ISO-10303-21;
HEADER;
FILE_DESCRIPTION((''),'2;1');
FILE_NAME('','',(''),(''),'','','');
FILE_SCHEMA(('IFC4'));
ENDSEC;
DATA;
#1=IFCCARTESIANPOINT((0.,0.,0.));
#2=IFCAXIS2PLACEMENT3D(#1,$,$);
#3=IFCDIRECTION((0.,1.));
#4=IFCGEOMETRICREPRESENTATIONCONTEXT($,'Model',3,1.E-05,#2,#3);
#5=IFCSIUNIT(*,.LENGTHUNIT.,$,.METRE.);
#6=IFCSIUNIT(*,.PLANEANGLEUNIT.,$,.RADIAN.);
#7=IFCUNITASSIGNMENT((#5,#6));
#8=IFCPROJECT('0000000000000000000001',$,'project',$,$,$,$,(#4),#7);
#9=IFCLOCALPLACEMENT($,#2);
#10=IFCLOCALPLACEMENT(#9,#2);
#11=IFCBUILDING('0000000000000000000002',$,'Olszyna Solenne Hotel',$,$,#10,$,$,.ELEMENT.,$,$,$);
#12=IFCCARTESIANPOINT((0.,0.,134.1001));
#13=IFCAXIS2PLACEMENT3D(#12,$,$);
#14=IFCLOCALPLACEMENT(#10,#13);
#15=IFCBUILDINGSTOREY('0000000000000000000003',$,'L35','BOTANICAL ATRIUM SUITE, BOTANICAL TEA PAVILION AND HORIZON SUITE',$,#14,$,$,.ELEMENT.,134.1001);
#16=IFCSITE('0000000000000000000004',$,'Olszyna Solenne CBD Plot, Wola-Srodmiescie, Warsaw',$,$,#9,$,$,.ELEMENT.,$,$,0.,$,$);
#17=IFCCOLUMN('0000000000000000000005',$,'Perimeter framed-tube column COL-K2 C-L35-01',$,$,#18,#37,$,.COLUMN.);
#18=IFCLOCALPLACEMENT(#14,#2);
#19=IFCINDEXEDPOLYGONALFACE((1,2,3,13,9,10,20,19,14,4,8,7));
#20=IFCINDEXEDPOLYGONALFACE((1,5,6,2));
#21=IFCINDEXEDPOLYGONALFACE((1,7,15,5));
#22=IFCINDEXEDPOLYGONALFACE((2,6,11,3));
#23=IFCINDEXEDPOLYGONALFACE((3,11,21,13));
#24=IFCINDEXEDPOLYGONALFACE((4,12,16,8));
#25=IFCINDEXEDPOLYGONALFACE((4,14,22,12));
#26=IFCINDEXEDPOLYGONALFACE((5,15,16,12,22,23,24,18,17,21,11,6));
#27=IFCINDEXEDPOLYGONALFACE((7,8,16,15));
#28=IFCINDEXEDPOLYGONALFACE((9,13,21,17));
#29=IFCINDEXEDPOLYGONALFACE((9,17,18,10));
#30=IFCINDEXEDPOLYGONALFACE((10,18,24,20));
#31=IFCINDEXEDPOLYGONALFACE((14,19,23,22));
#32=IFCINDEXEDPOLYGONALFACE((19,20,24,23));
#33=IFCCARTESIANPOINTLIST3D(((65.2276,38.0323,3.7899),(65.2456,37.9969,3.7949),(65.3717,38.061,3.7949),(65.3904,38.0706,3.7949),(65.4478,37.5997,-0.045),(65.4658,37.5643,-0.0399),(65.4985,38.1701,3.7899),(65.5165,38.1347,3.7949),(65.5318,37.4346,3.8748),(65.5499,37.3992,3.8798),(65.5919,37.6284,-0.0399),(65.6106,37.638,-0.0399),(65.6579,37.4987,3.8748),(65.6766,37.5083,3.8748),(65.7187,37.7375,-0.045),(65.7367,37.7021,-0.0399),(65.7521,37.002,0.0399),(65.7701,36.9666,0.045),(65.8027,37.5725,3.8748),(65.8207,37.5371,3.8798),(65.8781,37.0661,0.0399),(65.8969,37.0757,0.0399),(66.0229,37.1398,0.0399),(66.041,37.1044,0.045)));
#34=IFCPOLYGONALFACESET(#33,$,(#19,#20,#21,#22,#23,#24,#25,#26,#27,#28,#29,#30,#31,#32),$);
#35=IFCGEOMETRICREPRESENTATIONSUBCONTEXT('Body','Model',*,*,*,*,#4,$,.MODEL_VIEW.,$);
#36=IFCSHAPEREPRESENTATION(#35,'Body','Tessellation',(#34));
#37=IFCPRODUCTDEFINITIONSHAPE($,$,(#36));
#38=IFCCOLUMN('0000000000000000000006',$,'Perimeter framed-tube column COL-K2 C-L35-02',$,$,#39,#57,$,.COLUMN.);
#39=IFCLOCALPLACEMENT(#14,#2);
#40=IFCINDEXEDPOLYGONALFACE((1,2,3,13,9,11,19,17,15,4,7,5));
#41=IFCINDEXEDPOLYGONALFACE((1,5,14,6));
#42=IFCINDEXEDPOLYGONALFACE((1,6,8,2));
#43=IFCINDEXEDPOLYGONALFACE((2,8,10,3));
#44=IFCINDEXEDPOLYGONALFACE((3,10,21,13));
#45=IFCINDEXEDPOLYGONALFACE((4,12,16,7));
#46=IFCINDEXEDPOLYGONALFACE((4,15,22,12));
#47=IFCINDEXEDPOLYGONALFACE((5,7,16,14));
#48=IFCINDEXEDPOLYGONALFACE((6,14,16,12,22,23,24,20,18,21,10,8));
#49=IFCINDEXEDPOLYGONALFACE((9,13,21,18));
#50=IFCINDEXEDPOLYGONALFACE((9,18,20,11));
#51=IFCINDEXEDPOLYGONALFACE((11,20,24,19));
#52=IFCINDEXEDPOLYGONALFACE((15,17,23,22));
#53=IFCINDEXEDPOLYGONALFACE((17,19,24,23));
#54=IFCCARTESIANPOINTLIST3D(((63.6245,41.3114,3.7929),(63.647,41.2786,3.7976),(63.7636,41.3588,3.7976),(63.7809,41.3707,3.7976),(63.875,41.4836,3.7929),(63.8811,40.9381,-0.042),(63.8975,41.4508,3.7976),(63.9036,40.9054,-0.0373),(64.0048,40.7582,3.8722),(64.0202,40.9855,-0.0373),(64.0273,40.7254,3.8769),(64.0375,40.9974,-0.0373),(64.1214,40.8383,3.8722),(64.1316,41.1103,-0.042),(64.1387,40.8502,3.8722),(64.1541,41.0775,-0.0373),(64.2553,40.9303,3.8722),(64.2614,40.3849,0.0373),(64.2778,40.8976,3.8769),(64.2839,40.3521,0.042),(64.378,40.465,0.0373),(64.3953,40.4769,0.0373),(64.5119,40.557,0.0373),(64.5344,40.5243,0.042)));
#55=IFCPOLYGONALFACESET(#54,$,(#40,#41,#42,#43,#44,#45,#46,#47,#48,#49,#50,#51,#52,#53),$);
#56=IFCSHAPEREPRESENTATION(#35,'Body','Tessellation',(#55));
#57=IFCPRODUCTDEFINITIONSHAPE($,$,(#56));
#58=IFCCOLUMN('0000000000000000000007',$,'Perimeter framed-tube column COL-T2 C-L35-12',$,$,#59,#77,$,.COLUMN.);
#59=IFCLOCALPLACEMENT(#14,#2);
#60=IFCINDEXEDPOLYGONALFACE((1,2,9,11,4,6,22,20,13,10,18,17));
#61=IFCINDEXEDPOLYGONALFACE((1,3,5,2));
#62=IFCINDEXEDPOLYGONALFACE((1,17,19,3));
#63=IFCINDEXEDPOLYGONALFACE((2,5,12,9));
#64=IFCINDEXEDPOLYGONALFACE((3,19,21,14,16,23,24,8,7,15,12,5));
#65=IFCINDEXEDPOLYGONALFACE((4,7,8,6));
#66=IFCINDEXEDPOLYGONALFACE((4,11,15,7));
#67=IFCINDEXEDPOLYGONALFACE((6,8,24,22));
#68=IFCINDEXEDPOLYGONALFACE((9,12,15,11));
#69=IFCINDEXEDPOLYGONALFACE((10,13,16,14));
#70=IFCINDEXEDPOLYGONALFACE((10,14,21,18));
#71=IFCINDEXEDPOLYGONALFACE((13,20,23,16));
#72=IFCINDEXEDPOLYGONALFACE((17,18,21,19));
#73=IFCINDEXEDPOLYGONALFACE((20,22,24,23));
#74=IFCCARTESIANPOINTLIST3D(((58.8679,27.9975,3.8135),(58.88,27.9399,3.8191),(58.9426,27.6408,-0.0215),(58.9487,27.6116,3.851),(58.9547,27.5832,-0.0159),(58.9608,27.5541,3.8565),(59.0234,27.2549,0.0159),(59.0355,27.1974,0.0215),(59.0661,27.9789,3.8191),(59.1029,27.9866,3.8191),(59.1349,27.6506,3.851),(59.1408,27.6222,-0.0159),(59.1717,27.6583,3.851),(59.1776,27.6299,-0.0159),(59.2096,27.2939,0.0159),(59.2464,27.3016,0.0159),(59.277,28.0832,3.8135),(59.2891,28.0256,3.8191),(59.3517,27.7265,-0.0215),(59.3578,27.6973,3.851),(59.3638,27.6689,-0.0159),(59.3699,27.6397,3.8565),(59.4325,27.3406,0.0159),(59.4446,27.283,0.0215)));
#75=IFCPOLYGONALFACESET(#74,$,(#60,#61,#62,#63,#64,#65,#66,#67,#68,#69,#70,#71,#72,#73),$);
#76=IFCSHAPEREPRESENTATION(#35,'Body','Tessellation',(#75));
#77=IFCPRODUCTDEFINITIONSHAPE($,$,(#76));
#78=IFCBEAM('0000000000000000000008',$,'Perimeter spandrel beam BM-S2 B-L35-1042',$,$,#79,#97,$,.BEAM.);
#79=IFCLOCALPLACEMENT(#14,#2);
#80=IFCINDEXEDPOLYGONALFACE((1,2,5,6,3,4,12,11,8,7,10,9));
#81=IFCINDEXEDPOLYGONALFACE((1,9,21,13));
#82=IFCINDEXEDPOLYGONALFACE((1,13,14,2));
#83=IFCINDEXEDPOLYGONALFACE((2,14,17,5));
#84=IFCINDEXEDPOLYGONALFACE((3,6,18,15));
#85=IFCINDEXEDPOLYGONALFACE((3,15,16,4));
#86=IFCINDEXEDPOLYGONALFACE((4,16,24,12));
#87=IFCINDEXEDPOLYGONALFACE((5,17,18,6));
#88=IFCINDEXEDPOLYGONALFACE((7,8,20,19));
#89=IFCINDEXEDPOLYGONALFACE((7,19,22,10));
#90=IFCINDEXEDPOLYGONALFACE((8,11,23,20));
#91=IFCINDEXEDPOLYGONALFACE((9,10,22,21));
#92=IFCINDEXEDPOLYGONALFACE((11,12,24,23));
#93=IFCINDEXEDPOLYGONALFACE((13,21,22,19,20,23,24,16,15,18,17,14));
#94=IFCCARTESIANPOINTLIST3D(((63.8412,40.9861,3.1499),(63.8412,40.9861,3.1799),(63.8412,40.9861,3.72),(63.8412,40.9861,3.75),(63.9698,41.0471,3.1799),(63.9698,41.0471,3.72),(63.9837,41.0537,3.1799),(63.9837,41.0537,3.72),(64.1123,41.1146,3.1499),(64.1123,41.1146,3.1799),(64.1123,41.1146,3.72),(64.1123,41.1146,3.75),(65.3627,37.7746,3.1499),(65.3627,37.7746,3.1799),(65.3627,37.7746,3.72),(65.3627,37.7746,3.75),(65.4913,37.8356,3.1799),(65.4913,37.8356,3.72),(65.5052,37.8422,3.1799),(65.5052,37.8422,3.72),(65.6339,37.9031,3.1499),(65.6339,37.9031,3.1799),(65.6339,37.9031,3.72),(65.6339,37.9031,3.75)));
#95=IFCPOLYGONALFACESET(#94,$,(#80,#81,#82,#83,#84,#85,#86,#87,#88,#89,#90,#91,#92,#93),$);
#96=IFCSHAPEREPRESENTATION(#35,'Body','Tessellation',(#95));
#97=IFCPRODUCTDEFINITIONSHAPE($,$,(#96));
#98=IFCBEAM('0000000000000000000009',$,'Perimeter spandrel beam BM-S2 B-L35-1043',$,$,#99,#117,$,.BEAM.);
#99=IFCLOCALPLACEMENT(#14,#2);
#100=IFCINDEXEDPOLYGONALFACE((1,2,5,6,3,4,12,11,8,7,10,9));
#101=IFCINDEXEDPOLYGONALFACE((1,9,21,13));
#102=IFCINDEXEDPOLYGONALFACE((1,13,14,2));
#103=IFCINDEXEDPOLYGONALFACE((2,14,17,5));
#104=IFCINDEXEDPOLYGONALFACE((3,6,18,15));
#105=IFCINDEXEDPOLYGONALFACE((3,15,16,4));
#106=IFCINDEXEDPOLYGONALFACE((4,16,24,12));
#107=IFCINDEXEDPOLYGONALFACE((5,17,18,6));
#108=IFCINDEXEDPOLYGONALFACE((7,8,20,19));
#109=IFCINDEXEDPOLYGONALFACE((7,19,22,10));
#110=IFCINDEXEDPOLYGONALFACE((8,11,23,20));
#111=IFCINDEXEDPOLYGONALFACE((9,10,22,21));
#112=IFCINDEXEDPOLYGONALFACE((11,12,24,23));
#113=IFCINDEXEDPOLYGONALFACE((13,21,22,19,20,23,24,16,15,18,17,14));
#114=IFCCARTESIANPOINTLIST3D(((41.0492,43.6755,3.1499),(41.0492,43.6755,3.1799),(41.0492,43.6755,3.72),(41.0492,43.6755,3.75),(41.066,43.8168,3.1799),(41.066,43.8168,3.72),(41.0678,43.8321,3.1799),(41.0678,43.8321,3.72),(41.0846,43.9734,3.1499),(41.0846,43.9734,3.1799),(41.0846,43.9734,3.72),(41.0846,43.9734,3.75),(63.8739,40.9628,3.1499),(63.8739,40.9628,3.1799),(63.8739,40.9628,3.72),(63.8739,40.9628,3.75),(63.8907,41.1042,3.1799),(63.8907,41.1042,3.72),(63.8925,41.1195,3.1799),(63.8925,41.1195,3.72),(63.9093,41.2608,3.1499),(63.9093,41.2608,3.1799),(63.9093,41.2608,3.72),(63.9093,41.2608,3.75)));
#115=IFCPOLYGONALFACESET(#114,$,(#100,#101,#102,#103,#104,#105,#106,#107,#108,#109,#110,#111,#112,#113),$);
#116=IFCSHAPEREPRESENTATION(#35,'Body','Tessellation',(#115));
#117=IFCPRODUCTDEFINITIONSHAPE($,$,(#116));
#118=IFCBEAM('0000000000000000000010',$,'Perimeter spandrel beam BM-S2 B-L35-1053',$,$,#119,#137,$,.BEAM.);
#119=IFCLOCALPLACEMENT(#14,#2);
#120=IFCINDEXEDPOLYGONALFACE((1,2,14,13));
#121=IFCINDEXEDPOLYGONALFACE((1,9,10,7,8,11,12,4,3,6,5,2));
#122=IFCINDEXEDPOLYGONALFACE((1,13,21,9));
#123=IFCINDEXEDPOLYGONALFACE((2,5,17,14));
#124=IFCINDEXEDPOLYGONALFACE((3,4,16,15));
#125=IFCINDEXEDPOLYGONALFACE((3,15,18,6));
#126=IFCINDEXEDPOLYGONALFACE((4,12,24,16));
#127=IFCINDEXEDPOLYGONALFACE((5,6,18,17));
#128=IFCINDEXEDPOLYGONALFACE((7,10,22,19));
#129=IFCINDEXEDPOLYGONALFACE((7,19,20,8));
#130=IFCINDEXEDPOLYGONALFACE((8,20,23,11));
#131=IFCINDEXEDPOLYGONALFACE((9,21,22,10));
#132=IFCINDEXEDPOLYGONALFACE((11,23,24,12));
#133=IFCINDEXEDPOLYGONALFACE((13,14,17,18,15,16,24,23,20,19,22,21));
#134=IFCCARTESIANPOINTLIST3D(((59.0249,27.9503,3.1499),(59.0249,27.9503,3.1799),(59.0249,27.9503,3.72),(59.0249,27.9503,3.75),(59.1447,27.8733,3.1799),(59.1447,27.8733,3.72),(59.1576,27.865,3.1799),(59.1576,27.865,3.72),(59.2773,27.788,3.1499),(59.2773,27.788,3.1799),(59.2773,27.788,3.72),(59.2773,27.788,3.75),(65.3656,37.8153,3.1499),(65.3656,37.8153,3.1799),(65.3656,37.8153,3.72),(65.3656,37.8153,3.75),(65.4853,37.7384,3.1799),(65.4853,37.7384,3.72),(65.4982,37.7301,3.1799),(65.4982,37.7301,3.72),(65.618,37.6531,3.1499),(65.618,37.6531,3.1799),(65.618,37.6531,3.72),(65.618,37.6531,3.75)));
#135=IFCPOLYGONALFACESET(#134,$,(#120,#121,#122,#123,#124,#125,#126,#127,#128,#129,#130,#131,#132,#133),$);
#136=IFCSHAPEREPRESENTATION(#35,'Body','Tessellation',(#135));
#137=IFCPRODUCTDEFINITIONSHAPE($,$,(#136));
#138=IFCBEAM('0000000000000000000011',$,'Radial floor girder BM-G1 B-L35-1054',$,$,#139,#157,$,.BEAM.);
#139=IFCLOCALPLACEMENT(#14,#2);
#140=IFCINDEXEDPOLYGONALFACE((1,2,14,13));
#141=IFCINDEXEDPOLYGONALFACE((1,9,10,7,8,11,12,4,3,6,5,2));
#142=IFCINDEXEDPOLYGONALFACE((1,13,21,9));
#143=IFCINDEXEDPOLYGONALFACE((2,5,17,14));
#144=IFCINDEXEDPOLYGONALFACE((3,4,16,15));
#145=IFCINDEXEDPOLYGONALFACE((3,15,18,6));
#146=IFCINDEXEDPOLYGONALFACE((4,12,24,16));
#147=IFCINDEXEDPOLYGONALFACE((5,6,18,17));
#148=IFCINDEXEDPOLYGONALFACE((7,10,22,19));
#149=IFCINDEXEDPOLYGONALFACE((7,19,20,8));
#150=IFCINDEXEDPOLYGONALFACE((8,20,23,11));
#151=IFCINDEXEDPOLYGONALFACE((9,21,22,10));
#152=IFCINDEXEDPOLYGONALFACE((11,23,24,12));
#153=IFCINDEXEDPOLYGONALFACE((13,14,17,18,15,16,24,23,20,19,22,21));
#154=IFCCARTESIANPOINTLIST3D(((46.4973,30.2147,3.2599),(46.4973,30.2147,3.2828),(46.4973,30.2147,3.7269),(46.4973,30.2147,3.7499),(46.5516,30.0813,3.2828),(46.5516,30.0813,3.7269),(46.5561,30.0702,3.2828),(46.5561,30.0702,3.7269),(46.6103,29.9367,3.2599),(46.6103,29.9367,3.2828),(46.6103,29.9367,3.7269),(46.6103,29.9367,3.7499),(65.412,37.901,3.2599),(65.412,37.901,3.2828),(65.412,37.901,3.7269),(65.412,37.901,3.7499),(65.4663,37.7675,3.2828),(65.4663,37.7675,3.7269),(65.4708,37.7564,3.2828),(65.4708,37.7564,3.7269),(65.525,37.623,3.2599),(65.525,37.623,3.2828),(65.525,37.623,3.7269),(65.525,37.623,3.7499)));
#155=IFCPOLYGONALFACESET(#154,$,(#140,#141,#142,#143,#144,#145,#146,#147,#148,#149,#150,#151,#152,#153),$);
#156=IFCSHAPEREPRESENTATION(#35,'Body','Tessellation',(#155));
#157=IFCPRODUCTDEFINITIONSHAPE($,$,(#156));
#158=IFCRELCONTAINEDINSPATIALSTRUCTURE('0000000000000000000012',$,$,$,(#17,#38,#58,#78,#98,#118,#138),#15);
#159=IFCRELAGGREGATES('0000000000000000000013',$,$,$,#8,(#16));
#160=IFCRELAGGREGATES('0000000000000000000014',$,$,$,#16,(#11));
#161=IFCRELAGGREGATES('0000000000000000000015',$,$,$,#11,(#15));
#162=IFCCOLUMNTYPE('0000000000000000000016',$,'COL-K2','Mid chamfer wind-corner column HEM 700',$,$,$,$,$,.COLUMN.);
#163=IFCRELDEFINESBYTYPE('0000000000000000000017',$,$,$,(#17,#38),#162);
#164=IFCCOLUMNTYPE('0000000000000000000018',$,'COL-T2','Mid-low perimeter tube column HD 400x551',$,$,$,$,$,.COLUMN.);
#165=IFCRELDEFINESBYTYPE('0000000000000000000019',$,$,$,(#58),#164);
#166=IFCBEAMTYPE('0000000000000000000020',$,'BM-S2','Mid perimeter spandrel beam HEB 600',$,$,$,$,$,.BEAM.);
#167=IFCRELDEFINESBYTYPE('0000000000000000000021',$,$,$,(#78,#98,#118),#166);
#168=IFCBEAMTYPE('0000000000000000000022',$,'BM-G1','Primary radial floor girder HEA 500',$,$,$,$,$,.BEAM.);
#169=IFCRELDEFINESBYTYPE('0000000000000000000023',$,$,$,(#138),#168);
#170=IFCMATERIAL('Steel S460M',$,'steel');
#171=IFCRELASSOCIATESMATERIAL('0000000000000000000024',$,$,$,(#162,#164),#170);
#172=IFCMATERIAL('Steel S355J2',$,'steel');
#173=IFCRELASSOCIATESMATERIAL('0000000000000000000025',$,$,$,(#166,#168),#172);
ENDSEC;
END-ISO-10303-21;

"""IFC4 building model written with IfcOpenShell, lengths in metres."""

from ifc_helpers import new_model, si_unit, direction, frame, origin, origin_2d, place, context, subcontext, project, spatial, i_section, extrude, source, transform, mapped, material, material_profile, profile_set, type_object, element, save


model = new_model("IFC4")

# Units and contexts
model_context = context("Model", 3, precision=1e-05, world=origin(), true_north=direction((0.0, 1.0)))
body_context = subcontext(model_context, "Body", "Model", "MODEL_VIEW")
ifc_project = project(units=[si_unit("LENGTHUNIT", "METRE"), si_unit("PLANEANGLEUNIT", "RADIAN")], contexts=[model_context])

# Site, building, storey
site_placement = place(None, origin())
site = spatial("IfcSite", under=ifc_project, at=site_placement, Name="Olszyna Solenne CBD Plot, Wola-Srodmiescie, Warsaw", CompositionType="ELEMENT", RefElevation=0.0)
building_placement = place(site_placement, origin())
building = spatial("IfcBuilding", under=site, at=building_placement, Name="Olszyna Solenne Hotel", CompositionType="ELEMENT")
storey_placement = place(building_placement, frame((0.0, 0.0, 134.1001)))
storey = spatial("IfcBuildingStorey", under=building, at=storey_placement, Name="L35", Description="BOTANICAL ATRIUM SUITE, BOTANICAL TEA PAVILION AND HORIZON SUITE", CompositionType="ELEMENT", Elevation=134.1001)

# Columns
ifc_material_1 = material(Name="Steel S460M", Category="steel")
ifc_material_profile_1 = material_profile(ifc_material_1, i_section(OverallWidth=0.304, OverallDepth=0.7161, WebThickness=0.021, FlangeThickness=0.04, at=origin_2d()), Name="HEM 700", Category="load-bearing")
ifc_profile_set_1 = profile_set([ifc_material_profile_1], Name="Steel S460M")
column_type_1 = type_object("IfcColumnType", Name="COL-K2", Description="Mid chamfer wind-corner column HEM 700", PredefinedType="COLUMN", material=ifc_profile_set_1)
shared_shape_1 = source(origin(), body_context, "Body", "SweptSolid", [
    extrude(i_section(OverallWidth=0.304, OverallDepth=0.7161, WebThickness=0.021, FlangeThickness=0.04, at=origin_2d()), origin(), (0.0, 0.0, 1.0), 3.8655),
])
column_1_placement = place(storey_placement, frame((65.7444, 37.3521, 0.0), z_axis=(-0.056968, 0.111916, 0.992083), x_axis=(-0.891185, -0.453639, 0.0)))
element("IfcColumn", 1, at=column_1_placement, inside=storey, type_object=column_type_1, Name="Perimeter framed-tube column COL-K2 C-L35-01", PredefinedType="COLUMN", context=body_context, shape_type="MappedRepresentation", body=[
    mapped(shared_shape_1, transform((0.0, 0.0, 0.0), x_axis=(1.0, 0.0, 0.0), y_axis=(0.0, 1.0, 0.0), z_axis=(0.0, 0.0, 1.0), scale=1.0)),
])
shared_shape_2 = source(origin(), body_context, "Body", "SweptSolid", [
    extrude(i_section(OverallWidth=0.304, OverallDepth=0.7161, WebThickness=0.021, FlangeThickness=0.04, at=origin_2d()), origin(), (0.0, 0.0, 1.0), 3.8616),
])
column_2_placement = place(storey_placement, frame((64.2078, 40.7312, 0.0), z_axis=(-0.066447, 0.096667, 0.993096), x_axis=(-0.824089, -0.56646, 0.0)))
element("IfcColumn", 2, at=column_2_placement, inside=storey, type_object=column_type_1, Name="Perimeter framed-tube column COL-K2 C-L35-02", PredefinedType="COLUMN", context=body_context, shape_type="MappedRepresentation", body=[
    mapped(shared_shape_2, transform((0.0, 0.0, 0.0), x_axis=(1.0, 0.0, 0.0), y_axis=(0.0, 1.0, 0.0), z_axis=(0.0, 0.0, 1.0), scale=1.0)),
])
ifc_material_profile_2 = material_profile(ifc_material_1, i_section(OverallWidth=0.418, OverallDepth=0.4551, WebThickness=0.0376, FlangeThickness=0.0591, at=origin_2d()), Name="HD 400x551", Category="load-bearing")
ifc_profile_set_2 = profile_set([ifc_material_profile_2], Name="Steel S460M")
column_type_2 = type_object("IfcColumnType", Name="COL-T2", Description="Mid-low perimeter tube column HD 400x551", PredefinedType="COLUMN", material=ifc_profile_set_2)
shared_shape_3 = source(origin(), body_context, "Body", "SweptSolid", [
    extrude(i_section(OverallWidth=0.418, OverallDepth=0.4551, WebThickness=0.0376, FlangeThickness=0.0591, at=origin_2d()), origin(), (0.0, 0.0, 1.0), 3.8523),
])
column_3_placement = place(storey_placement, frame((59.1936, 27.4619, 0.0), z_axis=(-0.019393, 0.092593, 0.995515), x_axis=(-0.978762, -0.204997, 0.0)))
element("IfcColumn", 3, at=column_3_placement, inside=storey, type_object=column_type_2, Name="Perimeter framed-tube column COL-T2 C-L35-12", PredefinedType="COLUMN", context=body_context, shape_type="MappedRepresentation", body=[
    mapped(shared_shape_3, transform((0.0, 0.0, 0.0), x_axis=(1.0, 0.0, 0.0), y_axis=(0.0, 1.0, 0.0), z_axis=(0.0, 0.0, 1.0), scale=1.0)),
])

# Beams
ifc_material_2 = material(Name="Steel S355J2", Category="steel")
ifc_material_profile_3 = material_profile(ifc_material_2, i_section(OverallWidth=0.3, OverallDepth=0.6001, WebThickness=0.0154, FlangeThickness=0.03, at=origin_2d()), Name="HEB 600", Category="load-bearing")
ifc_profile_set_3 = profile_set([ifc_material_profile_3], Name="Steel S355J2")
beam_type_1 = type_object("IfcBeamType", Name="BM-S2", Description="Mid perimeter spandrel beam HEB 600", PredefinedType="BEAM", material=ifc_profile_set_3)
shared_shape_4 = source(origin(), body_context, "Body", "SweptSolid", [
    extrude(i_section(OverallWidth=0.3, OverallDepth=0.6001, WebThickness=0.0154, FlangeThickness=0.03, at=origin_2d()), origin(), (0.0, 0.0, 1.0), 3.5537),
])
beam_1_placement = place(storey_placement, frame((65.4983, 37.8389, 3.45), z_axis=(-0.428151, 0.903707, 0.0), x_axis=(-0.903707, -0.428151, 0.0)))
element("IfcBeam", 4, at=beam_1_placement, inside=storey, type_object=beam_type_1, Name="Perimeter spandrel beam BM-S2 B-L35-1042", PredefinedType="BEAM", context=body_context, shape_type="MappedRepresentation", body=[
    mapped(shared_shape_4, transform((0.0, 0.0, 0.0), x_axis=(1.0, 0.0, 0.0), y_axis=(0.0, 1.0, 0.0), z_axis=(0.0, 0.0, 1.0), scale=1.0)),
])
shared_shape_5 = source(origin(), body_context, "Body", "SweptSolid", [
    extrude(i_section(OverallWidth=0.3, OverallDepth=0.6001, WebThickness=0.0154, FlangeThickness=0.03, at=origin_2d()), origin(), (0.0, 0.0, 1.0), 22.9854),
])
beam_2_placement = place(storey_placement, frame((63.8916, 41.1118, 3.45), z_axis=(-0.993012, 0.118016, 0.0), x_axis=(-0.118016, -0.993012, 0.0)))
element("IfcBeam", 5, at=beam_2_placement, inside=storey, type_object=beam_type_1, Name="Perimeter spandrel beam BM-S2 B-L35-1043", PredefinedType="BEAM", context=body_context, shape_type="MappedRepresentation", body=[
    mapped(shared_shape_5, transform((0.0, 0.0, 0.0), x_axis=(1.0, 0.0, 0.0), y_axis=(0.0, 1.0, 0.0), z_axis=(0.0, 0.0, 1.0), scale=1.0)),
])
shared_shape_6 = source(origin(), body_context, "Body", "SweptSolid", [
    extrude(i_section(OverallWidth=0.3, OverallDepth=0.6001, WebThickness=0.0154, FlangeThickness=0.03, at=origin_2d()), origin(), (0.0, 0.0, 1.0), 11.7271),
])
beam_3_placement = place(storey_placement, frame((59.1511, 27.8691, 3.45), z_axis=(0.540685, 0.841225, 0.0), x_axis=(-0.841225, 0.540685, 0.0)))
element("IfcBeam", 6, at=beam_3_placement, inside=storey, type_object=beam_type_1, Name="Perimeter spandrel beam BM-S2 B-L35-1053", PredefinedType="BEAM", context=body_context, shape_type="MappedRepresentation", body=[
    mapped(shared_shape_6, transform((0.0, 0.0, 0.0), x_axis=(1.0, 0.0, 0.0), y_axis=(0.0, 1.0, 0.0), z_axis=(0.0, 0.0, 1.0), scale=1.0)),
])
ifc_material_profile_4 = material_profile(ifc_material_2, i_section(OverallWidth=0.3, OverallDepth=0.49, WebThickness=0.012, FlangeThickness=0.0229, at=origin_2d()), Name="HEA 500", Category="load-bearing")
ifc_profile_set_4 = profile_set([ifc_material_profile_4], Name="Steel S355J2")
beam_type_2 = type_object("IfcBeamType", Name="BM-G1", Description="Primary radial floor girder HEA 500", PredefinedType="BEAM", material=ifc_profile_set_4)
shared_shape_7 = source(origin(), body_context, "Body", "SweptSolid", [
    extrude(i_section(OverallWidth=0.3, OverallDepth=0.49, WebThickness=0.012, FlangeThickness=0.0229, at=origin_2d()), origin(), (0.0, 0.0, 1.0), 20.4167),
])
beam_4_placement = place(storey_placement, frame((65.4685, 37.762, 3.5049), z_axis=(-0.92643, -0.376467, 0.0), x_axis=(0.376467, -0.92643, 0.0)))
element("IfcBeam", 7, at=beam_4_placement, inside=storey, type_object=beam_type_2, Name="Radial floor girder BM-G1 B-L35-1054", PredefinedType="BEAM", context=body_context, shape_type="MappedRepresentation", body=[
    mapped(shared_shape_7, transform((0.0, 0.0, 0.0), x_axis=(1.0, 0.0, 0.0), y_axis=(0.0, 1.0, 0.0), z_axis=(0.0, 0.0, 1.0), scale=1.0)),
])

save(model, "model.ifc")
